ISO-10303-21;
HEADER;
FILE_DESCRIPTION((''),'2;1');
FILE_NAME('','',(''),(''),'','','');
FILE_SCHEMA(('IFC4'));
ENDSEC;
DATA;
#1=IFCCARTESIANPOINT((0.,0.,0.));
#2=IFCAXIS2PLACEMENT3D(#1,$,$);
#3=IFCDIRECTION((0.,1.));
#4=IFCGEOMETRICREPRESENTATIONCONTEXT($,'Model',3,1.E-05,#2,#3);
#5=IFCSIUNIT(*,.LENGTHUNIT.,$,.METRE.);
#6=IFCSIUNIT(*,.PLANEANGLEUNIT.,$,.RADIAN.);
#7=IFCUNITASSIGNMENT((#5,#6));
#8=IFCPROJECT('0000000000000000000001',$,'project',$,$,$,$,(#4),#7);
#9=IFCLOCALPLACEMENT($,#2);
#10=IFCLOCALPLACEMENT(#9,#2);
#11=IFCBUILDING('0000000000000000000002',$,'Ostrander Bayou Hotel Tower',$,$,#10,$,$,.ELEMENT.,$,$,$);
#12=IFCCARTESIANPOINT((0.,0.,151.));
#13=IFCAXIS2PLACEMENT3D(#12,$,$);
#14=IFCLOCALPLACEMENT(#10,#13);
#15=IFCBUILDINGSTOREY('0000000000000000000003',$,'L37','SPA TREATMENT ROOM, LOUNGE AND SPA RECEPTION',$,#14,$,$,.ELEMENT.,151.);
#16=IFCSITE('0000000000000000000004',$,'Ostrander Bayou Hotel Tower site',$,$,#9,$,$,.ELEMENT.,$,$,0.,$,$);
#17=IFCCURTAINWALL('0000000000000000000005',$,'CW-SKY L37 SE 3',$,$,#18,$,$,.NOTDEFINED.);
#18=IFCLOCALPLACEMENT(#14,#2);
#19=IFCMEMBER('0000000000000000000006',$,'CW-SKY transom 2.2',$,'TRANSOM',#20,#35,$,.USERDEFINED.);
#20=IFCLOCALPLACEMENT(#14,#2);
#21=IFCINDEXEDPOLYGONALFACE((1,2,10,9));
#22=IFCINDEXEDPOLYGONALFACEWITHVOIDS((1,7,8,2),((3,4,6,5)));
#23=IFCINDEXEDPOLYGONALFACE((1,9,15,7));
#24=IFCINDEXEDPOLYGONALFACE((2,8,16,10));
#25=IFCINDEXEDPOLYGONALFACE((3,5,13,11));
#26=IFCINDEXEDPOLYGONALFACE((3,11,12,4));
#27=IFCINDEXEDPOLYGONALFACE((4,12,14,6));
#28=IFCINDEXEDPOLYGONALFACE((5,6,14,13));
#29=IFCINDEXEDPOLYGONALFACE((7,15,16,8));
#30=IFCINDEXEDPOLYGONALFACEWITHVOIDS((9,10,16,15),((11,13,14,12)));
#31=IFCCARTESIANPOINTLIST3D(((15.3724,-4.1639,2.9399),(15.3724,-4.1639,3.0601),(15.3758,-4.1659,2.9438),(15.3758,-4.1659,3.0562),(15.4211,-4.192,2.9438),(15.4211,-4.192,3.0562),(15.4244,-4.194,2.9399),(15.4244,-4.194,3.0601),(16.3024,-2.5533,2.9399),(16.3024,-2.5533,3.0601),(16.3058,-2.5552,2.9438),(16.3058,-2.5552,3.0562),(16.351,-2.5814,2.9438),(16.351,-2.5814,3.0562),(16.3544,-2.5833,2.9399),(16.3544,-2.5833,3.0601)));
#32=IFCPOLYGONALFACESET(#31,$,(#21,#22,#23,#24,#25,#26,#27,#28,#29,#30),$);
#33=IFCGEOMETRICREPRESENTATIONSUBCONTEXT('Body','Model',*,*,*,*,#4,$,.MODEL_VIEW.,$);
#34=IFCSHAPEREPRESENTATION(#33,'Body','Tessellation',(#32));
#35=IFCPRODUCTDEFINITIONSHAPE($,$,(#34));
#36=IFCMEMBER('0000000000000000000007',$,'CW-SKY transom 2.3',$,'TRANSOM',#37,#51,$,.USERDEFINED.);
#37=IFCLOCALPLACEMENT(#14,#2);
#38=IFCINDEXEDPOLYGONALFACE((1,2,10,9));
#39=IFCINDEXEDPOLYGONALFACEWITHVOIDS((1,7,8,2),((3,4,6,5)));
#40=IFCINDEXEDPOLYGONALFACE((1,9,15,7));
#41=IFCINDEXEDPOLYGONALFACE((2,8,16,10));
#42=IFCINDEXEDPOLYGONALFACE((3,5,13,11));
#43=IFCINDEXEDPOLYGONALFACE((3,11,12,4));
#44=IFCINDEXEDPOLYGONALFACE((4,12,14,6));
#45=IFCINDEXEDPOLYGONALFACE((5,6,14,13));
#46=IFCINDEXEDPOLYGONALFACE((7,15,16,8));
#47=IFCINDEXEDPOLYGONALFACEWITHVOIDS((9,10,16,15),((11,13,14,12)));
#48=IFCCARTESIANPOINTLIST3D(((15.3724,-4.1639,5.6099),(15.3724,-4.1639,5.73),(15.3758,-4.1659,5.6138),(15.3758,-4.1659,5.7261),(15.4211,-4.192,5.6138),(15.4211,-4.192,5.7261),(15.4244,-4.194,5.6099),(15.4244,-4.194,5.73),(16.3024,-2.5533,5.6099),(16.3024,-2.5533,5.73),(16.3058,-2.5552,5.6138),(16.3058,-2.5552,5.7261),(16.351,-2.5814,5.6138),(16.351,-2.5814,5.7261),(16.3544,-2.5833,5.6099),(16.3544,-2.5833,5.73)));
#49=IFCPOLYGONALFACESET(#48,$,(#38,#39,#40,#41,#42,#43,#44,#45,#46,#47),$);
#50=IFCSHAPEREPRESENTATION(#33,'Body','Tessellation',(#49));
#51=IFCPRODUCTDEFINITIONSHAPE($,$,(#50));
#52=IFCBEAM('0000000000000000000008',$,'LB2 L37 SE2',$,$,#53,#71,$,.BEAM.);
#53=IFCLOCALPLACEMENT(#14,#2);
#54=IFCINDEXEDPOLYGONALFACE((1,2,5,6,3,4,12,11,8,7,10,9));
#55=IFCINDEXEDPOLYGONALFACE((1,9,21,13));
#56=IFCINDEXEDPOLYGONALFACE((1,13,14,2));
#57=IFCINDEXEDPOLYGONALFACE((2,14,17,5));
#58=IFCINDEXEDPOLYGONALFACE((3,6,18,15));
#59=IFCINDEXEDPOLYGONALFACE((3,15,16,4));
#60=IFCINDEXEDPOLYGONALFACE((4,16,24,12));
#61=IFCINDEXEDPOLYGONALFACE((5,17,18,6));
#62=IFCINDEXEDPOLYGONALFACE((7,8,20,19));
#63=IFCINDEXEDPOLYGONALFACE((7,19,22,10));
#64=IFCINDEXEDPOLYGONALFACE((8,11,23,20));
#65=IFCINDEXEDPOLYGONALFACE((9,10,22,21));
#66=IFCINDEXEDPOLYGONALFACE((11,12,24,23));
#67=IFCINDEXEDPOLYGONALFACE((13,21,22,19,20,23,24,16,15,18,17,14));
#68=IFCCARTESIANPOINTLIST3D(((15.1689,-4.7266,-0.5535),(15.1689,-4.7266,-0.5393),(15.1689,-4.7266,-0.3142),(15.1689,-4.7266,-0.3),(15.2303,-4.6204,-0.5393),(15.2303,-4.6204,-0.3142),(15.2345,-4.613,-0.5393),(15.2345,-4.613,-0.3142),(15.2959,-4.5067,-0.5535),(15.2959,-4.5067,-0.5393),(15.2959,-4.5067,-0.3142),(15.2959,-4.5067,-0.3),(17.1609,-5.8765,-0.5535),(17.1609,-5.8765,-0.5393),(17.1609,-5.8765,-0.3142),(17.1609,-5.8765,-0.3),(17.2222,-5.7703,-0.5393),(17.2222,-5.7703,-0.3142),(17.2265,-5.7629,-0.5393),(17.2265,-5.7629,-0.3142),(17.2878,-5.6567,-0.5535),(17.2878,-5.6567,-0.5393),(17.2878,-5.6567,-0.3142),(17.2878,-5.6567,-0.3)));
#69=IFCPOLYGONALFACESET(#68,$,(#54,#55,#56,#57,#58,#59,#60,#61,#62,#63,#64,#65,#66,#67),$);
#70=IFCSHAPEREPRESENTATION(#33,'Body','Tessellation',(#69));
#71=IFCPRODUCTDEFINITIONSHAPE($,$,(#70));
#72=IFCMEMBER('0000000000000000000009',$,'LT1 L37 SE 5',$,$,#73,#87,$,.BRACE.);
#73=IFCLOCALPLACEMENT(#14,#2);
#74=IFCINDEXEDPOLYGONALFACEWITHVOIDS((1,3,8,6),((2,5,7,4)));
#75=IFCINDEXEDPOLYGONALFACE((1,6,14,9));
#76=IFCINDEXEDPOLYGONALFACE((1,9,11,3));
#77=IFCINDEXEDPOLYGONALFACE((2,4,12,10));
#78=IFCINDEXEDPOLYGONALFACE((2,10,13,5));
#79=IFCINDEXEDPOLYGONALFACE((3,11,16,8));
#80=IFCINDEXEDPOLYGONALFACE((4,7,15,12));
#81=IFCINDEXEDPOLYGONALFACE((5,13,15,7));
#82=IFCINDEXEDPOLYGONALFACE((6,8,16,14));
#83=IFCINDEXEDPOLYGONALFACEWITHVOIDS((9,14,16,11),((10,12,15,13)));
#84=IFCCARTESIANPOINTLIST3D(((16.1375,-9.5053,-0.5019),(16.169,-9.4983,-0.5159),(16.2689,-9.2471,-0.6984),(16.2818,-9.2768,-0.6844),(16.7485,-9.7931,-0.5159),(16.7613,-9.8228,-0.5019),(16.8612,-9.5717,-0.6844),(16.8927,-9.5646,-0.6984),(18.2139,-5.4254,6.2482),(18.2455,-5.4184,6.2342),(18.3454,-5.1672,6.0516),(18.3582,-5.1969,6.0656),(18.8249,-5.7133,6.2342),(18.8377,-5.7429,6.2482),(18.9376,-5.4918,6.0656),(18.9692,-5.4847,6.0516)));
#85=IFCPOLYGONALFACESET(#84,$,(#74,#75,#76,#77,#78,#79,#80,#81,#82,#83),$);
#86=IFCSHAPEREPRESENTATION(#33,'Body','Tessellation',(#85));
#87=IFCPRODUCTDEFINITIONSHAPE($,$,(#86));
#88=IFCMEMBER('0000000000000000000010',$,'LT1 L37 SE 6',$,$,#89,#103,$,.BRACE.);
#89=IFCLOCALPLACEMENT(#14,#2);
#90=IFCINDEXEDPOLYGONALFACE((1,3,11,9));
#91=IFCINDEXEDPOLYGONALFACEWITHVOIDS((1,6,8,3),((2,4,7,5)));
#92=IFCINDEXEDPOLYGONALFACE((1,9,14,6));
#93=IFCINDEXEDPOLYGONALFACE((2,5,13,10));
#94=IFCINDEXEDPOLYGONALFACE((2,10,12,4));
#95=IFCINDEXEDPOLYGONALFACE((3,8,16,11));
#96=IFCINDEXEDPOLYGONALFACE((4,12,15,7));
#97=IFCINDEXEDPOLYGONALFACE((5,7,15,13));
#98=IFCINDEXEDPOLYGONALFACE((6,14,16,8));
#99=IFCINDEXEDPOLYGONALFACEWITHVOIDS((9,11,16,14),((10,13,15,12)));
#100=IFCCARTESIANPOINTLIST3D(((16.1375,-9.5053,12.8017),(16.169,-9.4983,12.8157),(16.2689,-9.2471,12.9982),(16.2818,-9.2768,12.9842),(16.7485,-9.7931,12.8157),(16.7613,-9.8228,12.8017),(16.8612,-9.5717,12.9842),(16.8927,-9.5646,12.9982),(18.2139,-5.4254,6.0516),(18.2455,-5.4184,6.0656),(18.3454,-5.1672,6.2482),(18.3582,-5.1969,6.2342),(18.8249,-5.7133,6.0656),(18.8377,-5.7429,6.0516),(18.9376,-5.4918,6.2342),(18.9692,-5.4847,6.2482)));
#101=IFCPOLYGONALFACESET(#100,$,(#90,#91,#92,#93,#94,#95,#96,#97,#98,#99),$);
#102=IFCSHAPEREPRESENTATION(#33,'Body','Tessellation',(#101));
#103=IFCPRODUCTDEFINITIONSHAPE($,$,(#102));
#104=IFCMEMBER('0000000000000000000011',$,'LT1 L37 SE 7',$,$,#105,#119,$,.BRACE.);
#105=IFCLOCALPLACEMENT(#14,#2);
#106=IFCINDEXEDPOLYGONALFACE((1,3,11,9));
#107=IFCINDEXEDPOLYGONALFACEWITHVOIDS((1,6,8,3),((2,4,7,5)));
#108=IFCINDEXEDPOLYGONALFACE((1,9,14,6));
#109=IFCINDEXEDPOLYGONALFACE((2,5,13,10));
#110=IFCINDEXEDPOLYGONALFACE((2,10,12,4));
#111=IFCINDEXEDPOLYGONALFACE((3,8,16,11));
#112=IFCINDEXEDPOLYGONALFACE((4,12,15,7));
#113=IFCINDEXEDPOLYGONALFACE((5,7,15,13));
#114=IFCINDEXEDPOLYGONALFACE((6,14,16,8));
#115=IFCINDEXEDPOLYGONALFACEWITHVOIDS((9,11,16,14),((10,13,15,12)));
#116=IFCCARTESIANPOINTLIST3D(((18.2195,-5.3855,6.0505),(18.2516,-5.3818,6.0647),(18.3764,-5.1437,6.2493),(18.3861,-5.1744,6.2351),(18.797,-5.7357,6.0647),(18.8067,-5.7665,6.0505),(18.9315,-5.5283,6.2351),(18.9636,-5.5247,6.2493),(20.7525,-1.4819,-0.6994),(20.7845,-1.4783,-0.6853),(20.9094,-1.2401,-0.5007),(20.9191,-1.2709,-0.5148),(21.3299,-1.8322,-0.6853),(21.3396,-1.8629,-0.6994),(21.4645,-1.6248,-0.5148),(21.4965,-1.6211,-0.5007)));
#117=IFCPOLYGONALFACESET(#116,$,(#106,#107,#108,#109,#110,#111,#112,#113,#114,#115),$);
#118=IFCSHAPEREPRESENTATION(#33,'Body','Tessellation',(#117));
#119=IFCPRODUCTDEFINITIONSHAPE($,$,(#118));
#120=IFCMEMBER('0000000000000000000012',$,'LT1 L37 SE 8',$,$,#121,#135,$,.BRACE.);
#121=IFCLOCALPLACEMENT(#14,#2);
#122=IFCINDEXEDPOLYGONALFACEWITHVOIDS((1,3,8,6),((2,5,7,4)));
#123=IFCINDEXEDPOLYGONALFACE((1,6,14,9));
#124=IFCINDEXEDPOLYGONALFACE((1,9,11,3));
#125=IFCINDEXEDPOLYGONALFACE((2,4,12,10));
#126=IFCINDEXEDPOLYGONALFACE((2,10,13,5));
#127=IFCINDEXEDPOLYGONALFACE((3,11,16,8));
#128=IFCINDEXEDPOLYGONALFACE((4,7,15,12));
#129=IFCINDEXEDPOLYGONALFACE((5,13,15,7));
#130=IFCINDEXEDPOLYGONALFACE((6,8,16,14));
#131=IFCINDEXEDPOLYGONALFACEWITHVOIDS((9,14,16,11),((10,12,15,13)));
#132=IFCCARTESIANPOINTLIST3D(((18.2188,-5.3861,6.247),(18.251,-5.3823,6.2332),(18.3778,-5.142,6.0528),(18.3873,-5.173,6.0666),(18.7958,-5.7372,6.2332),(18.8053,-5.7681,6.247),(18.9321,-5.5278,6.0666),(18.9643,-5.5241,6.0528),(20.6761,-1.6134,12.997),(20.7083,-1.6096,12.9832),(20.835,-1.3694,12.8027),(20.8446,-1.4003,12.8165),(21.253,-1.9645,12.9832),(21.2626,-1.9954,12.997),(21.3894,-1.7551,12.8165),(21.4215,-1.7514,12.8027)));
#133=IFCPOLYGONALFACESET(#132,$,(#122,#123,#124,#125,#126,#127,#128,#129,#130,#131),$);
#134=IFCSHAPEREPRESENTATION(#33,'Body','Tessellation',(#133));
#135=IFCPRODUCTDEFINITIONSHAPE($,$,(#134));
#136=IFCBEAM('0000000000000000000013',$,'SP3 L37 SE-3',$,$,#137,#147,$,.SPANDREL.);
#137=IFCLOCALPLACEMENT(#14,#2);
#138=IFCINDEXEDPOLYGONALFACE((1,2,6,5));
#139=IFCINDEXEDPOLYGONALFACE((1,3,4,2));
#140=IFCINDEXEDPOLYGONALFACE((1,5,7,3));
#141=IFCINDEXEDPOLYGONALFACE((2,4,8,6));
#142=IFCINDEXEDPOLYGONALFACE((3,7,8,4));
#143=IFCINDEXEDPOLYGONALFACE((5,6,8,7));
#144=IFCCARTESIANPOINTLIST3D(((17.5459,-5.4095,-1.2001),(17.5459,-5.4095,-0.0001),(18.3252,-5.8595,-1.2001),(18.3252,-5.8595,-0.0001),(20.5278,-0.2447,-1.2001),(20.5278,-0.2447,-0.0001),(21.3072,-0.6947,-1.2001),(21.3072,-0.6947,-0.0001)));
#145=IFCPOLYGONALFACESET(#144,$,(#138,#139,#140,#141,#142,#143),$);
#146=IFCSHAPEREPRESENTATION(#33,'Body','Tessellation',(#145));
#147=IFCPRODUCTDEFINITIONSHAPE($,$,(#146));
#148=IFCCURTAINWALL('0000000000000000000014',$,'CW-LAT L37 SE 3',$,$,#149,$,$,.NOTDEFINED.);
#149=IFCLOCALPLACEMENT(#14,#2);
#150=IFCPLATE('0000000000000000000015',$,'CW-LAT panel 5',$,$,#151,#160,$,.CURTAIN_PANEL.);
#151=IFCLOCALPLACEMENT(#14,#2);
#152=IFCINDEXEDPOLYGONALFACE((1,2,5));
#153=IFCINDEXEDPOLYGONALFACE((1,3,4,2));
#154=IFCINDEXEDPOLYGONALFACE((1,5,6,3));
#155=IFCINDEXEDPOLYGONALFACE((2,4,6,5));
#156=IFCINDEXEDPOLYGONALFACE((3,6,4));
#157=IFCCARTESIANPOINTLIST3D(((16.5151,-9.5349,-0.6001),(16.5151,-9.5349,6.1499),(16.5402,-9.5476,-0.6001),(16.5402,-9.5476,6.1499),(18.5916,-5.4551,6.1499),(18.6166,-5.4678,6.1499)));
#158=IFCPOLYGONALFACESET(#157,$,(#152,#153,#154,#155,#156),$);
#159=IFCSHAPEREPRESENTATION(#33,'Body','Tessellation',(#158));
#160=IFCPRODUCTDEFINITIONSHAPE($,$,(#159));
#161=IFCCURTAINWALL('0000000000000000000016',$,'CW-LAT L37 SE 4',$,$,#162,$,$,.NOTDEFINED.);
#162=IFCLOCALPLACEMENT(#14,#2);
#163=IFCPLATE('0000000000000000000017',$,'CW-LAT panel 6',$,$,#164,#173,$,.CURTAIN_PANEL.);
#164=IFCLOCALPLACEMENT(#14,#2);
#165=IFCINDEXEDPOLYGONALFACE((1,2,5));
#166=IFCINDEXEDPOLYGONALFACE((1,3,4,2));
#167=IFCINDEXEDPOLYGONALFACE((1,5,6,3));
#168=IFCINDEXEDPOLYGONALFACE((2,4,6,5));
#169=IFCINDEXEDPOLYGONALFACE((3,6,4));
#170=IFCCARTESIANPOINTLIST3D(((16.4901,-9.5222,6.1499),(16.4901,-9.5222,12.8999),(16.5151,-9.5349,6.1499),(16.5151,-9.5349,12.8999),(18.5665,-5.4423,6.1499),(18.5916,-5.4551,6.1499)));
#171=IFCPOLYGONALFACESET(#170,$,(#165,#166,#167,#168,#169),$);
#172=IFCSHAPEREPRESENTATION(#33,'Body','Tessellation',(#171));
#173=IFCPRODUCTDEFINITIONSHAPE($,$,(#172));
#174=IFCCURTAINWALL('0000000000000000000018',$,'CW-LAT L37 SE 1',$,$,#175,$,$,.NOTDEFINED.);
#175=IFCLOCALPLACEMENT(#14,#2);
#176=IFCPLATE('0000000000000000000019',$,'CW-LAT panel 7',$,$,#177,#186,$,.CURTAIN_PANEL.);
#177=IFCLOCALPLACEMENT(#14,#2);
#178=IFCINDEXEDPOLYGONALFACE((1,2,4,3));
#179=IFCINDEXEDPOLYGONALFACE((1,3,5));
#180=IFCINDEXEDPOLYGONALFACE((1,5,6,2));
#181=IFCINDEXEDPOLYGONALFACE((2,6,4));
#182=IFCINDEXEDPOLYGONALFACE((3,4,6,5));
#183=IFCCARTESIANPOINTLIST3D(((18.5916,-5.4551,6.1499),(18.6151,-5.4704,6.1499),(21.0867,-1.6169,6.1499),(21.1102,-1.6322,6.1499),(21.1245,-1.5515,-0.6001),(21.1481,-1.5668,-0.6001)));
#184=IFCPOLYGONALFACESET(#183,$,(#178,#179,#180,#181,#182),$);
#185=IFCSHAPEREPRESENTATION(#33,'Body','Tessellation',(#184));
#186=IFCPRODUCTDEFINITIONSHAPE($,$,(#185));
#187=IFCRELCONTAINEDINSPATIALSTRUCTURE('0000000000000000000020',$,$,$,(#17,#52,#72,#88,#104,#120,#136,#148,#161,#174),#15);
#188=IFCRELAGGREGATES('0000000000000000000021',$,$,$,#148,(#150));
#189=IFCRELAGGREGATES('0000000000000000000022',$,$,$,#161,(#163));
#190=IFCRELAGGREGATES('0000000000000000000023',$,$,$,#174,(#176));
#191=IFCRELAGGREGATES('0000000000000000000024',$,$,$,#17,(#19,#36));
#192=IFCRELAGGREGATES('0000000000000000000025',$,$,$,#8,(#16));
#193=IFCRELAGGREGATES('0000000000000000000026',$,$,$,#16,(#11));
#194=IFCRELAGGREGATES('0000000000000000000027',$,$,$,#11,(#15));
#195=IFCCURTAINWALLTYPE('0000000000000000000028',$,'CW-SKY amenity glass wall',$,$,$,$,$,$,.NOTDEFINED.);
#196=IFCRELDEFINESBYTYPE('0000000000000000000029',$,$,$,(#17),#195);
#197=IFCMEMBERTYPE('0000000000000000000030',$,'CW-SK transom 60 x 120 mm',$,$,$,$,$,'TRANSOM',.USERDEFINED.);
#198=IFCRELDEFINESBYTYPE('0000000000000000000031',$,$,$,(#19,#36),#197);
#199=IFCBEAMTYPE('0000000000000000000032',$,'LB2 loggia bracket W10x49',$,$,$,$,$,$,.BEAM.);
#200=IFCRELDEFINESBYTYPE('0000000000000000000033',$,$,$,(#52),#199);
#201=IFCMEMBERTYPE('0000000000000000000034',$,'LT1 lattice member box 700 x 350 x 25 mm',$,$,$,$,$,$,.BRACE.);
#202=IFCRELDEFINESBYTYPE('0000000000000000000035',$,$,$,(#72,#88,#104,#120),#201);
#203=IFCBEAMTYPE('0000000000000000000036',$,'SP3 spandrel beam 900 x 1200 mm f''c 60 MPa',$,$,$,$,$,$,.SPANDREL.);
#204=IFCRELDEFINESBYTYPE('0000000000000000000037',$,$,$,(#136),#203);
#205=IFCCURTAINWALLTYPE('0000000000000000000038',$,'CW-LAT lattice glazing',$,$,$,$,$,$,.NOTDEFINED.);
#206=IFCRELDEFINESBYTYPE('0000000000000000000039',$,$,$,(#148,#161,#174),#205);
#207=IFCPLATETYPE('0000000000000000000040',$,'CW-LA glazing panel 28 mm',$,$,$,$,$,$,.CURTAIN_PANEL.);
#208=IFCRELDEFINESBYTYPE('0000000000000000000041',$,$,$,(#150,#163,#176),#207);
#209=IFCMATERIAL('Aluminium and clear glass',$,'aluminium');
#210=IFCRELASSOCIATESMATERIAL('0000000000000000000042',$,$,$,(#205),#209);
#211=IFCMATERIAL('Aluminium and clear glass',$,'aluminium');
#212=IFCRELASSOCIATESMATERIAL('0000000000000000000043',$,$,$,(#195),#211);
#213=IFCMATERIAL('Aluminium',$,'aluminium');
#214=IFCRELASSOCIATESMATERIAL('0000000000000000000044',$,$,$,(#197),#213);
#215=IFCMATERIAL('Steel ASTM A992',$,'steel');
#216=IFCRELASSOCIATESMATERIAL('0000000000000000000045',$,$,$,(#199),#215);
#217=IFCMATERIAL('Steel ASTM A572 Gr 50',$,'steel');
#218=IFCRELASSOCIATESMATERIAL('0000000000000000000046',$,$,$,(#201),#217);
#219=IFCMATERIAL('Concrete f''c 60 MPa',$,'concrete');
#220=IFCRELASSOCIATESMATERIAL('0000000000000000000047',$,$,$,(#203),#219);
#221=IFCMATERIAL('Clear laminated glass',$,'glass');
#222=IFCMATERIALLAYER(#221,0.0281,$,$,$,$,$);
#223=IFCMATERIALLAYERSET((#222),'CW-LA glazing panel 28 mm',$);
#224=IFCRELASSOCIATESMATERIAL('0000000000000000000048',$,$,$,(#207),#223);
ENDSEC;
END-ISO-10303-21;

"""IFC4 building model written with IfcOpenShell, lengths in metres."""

from ifc_helpers import new_model, si_unit, direction, frame, origin, origin_2d, place, context, subcontext, project, spatial, polyline, rectangle, hollow_rectangle, i_section, outline, extrude, material, layer, layer_set, material_profile, profile_set, type_object, element, aggregate, save


model = new_model("IFC4")

# Units and contexts
model_context = context("Model", 3, precision=1e-05, world=origin(), true_north=direction((0.0, 1.0)))
body_context = subcontext(model_context, "Body", "Model", "MODEL_VIEW")
ifc_project = project(units=[si_unit("LENGTHUNIT", "METRE"), si_unit("PLANEANGLEUNIT", "RADIAN")], contexts=[model_context])

# Site, building, storey
site_placement = place(None, origin())
site = spatial("IfcSite", under=ifc_project, at=site_placement, Name="Ostrander Bayou Hotel Tower site", CompositionType="ELEMENT", RefElevation=0.0)
building_placement = place(site_placement, origin())
building = spatial("IfcBuilding", under=site, at=building_placement, Name="Ostrander Bayou Hotel Tower", CompositionType="ELEMENT")
storey_placement = place(building_placement, frame((0.0, 0.0, 151.0)))
storey = spatial("IfcBuildingStorey", under=building, at=storey_placement, Name="L37", Description="SPA TREATMENT ROOM, LOUNGE AND SPA RECEPTION", CompositionType="ELEMENT", Elevation=151.0)

# Curtain wall, members
ifc_material_1 = material(Name="Aluminium and clear glass", Category="aluminium")
curtain_wall_type_1 = type_object("IfcCurtainWallType", Name="CW-LAT lattice glazing", PredefinedType="NOTDEFINED", material=ifc_material_1)
ifc_material_2 = material(Name="Aluminium and clear glass", Category="aluminium")
curtain_wall_type_2 = type_object("IfcCurtainWallType", Name="CW-SKY amenity glass wall", PredefinedType="NOTDEFINED", material=ifc_material_2)
curtain_wall_1_placement = place(storey_placement, origin())
curtain_wall_1 = element("IfcCurtainWall", 1, at=curtain_wall_1_placement, inside=storey, type_object=curtain_wall_type_2, Name="CW-SKY L37 SE 3", PredefinedType="NOTDEFINED")
ifc_material_3 = material(Name="Aluminium", Category="aluminium")
ifc_material_profile_1 = material_profile(ifc_material_3, hollow_rectangle(XDim=0.0601, YDim=0.1201, WallThickness=0.0039, at=origin_2d()))
ifc_profile_set_1 = profile_set([ifc_material_profile_1], Name="Aluminium")
member_type_1 = type_object("IfcMemberType", Name="CW-SK transom 60 x 120 mm", ElementType="TRANSOM", PredefinedType="USERDEFINED", material=ifc_profile_set_1)
member_1_placement = place(storey_placement, frame((15.3984, -4.179, 3.0), z_axis=(0.500022, 0.866013, 0.0), x_axis=(-0.866013, 0.500022, 0.0)))
member_1 = element("IfcMember", 2, at=member_1_placement, type_object=member_type_1, Name="CW-SKY transom 2.2", ObjectType="TRANSOM", PredefinedType="USERDEFINED", context=body_context, shape_type="SweptSolid", body=[
    extrude(hollow_rectangle(XDim=0.0601, YDim=0.1201, WallThickness=0.0039, at=origin_2d()), origin(), (0.0, 0.0, 1.0), 1.8599),
])
member_2_placement = place(storey_placement, frame((15.3984, -4.179, 5.6699), z_axis=(0.500022, 0.866013, 0.0), x_axis=(-0.866013, 0.500022, 0.0)))
member_2 = element("IfcMember", 3, at=member_2_placement, type_object=member_type_1, Name="CW-SKY transom 2.3", ObjectType="TRANSOM", PredefinedType="USERDEFINED", context=body_context, shape_type="SweptSolid", body=[
    extrude(hollow_rectangle(XDim=0.0601, YDim=0.1201, WallThickness=0.0039, at=origin_2d()), origin(), (0.0, 0.0, 1.0), 1.8599),
])

# Beam
ifc_material_4 = material(Name="Steel ASTM A992", Category="steel")
ifc_material_profile_2 = material_profile(ifc_material_4, i_section(OverallWidth=0.2539, OverallDepth=0.2534, WebThickness=0.0085, FlangeThickness=0.0142, at=origin_2d()))
ifc_profile_set_2 = profile_set([ifc_material_profile_2], Name="Steel ASTM A992")
beam_type_1 = type_object("IfcBeamType", Name="LB2 loggia bracket W10x49", PredefinedType="BEAM", material=ifc_profile_set_2)
beam_1_placement = place(storey_placement, frame((17.2244, -5.7666, -0.4268), z_axis=(-0.866053, 0.499952, 0.0), x_axis=(-0.499952, -0.866053, 0.0)))
element("IfcBeam", 4, at=beam_1_placement, inside=storey, type_object=beam_type_1, Name="LB2 L37 SE2", PredefinedType="BEAM", context=body_context, shape_type="SweptSolid", body=[
    extrude(i_section(OverallWidth=0.2539, OverallDepth=0.2534, WebThickness=0.0085, FlangeThickness=0.0142, at=origin_2d()), origin(), (0.0, 0.0, 1.0), 2.3),
])

# Members
ifc_material_5 = material(Name="Steel ASTM A572 Gr 50", Category="steel")
ifc_material_profile_3 = material_profile(ifc_material_5, hollow_rectangle(XDim=0.7, YDim=0.3501, WallThickness=0.0249, at=origin_2d()))
ifc_profile_set_3 = profile_set([ifc_material_profile_3], Name="Steel ASTM A572 Gr 50")
member_type_2 = type_object("IfcMemberType", Name="LT1 lattice member box 700 x 350 x 25 mm", PredefinedType="BRACE", material=ifc_profile_set_3)
for number, where, z_axis, x_axis, name in (
    (5, (18.5916, -5.4551, 6.1499), (-0.25459, -0.50023, -0.82762), (0.891215, -0.453581, 0.0), "LT1 L37 SE 5"),
    (6, (18.5916, -5.4551, 6.1499), (-0.25459, -0.50023, 0.82762), (0.891215, -0.453581, 0.0), "LT1 L37 SE 6"),
):
    element("IfcMember", number, at=place(storey_placement, frame(where, z_axis=z_axis, x_axis=x_axis)), inside=storey, type_object=member_type_2, Name=name, PredefinedType="BRACE", context=body_context, shape_type="SweptSolid", body=[
        extrude(hollow_rectangle(XDim=0.7, YDim=0.3501, WallThickness=0.0249, at=origin_2d()), origin(), (0.0, 0.0, 1.0), 8.156),
    ])
member_3_placement = place(storey_placement, frame((18.5916, -5.4551, 6.1499), z_axis=(0.308952, 0.476129, -0.823316), x_axis=(-0.838871, 0.54433, 0.0)))
element("IfcMember", 7, at=member_3_placement, inside=storey, type_object=member_type_2, Name="LT1 L37 SE 7", PredefinedType="BRACE", context=body_context, shape_type="SweptSolid", body=[
    extrude(hollow_rectangle(XDim=0.7, YDim=0.3501, WallThickness=0.0249, at=origin_2d()), origin(), (0.0, 0.0, 1.0), 8.1985),
])
member_4_placement = place(storey_placement, frame((18.5916, -5.4551, 6.1499), z_axis=(0.302851, 0.464973, 0.831914), x_axis=(-0.837934, 0.545771, 0.0)))
element("IfcMember", 8, at=member_4_placement, inside=storey, type_object=member_type_2, Name="LT1 L37 SE 8", PredefinedType="BRACE", context=body_context, shape_type="SweptSolid", body=[
    extrude(hollow_rectangle(XDim=0.7, YDim=0.3501, WallThickness=0.0249, at=origin_2d()), origin(), (0.0, 0.0, 1.0), 8.1138),
])

# Beam
ifc_material_6 = material(Name="Concrete f'c 60 MPa", Category="concrete")
ifc_material_profile_4 = material_profile(ifc_material_6, rectangle(XDim=0.8999, YDim=1.2, at=origin_2d()))
ifc_profile_set_4 = profile_set([ifc_material_profile_4], Name="Concrete f'c 60 MPa")
beam_type_2 = type_object("IfcBeamType", Name="SP3 spandrel beam 900 x 1200 mm f'c 60 MPa", PredefinedType="SPANDREL", material=ifc_profile_set_4)
beam_2_placement = place(storey_placement, frame((17.9355, -5.6345, -0.6001), z_axis=(0.500005, 0.866023, 0.0), x_axis=(-0.866023, 0.500005, 0.0)))
element("IfcBeam", 9, at=beam_2_placement, inside=storey, type_object=beam_type_2, Name="SP3 L37 SE-3", PredefinedType="SPANDREL", context=body_context, shape_type="SweptSolid", body=[
    extrude(rectangle(XDim=0.8999, YDim=1.2, at=origin_2d()), origin(), (0.0, 0.0, 1.0), 5.9639),
])

# Curtain walls, plates
curtain_wall_2_placement = place(storey_placement, origin())
curtain_wall_2 = element("IfcCurtainWall", 10, at=curtain_wall_2_placement, inside=storey, type_object=curtain_wall_type_1, Name="CW-LAT L37 SE 3", PredefinedType="NOTDEFINED")
ifc_material_7 = material(Name="Clear laminated glass", Category="glass")
ifc_layer_1 = layer(ifc_material_7, 0.0281)
ifc_layer_set_1 = layer_set([ifc_layer_1], Name="CW-LA glazing panel 28 mm")
plate_type_1 = type_object("IfcPlateType", Name="CW-LA glazing panel 28 mm", PredefinedType="CURTAIN_PANEL", material=ifc_layer_set_1)
plate_1_placement = place(storey_placement, frame((18.5916, -5.4551, 6.1499), z_axis=(-0.891215, 0.453581, 0.0), x_axis=(-0.25459, -0.50023, -0.82762)))
plate_1 = element("IfcPlate", 11, at=plate_1_placement, type_object=plate_type_1, Name="CW-LAT panel 5", PredefinedType="CURTAIN_PANEL", context=body_context, shape_type="SweptSolid", body=[
    extrude(outline(polyline([(0.0, 0.0), (8.1559, 0.0), (2.5695, 3.7887), (0.0, 0.0)])), origin(), (0.0, 0.0, -1.0), 0.0281),
])
aggregate(curtain_wall_2, [plate_1])
curtain_wall_3_placement = place(storey_placement, origin())
curtain_wall_3 = element("IfcCurtainWall", 12, at=curtain_wall_3_placement, inside=storey, type_object=curtain_wall_type_1, Name="CW-LAT L37 SE 4", PredefinedType="NOTDEFINED")
plate_2_placement = place(storey_placement, frame((18.5916, -5.4551, 6.1499), z_axis=(0.891215, -0.453581, 0.0), x_axis=(-0.25459, -0.50023, 0.82762)))
plate_2 = element("IfcPlate", 13, at=plate_2_placement, type_object=plate_type_1, Name="CW-LAT panel 6", PredefinedType="CURTAIN_PANEL", context=body_context, shape_type="SweptSolid", body=[
    extrude(outline(polyline([(0.0, 0.0), (8.1559, 0.0), (2.5695, 3.7887), (0.0, 0.0)])), origin(), (0.0, 0.0, -1.0), 0.0281),
])
aggregate(curtain_wall_3, [plate_2])
curtain_wall_4_placement = place(storey_placement, origin())
curtain_wall_4 = element("IfcCurtainWall", 14, at=curtain_wall_4_placement, inside=storey, type_object=curtain_wall_type_1, Name="CW-LAT L37 SE 1", PredefinedType="NOTDEFINED")
plate_3_placement = place(storey_placement, frame((18.5916, -5.4551, 6.1499), z_axis=(-0.838411, 0.545039, 0.000583), x_axis=(0.308952, 0.476129, -0.823316)))
plate_3 = element("IfcPlate", 15, at=plate_3_placement, type_object=plate_type_1, Name="CW-LAT panel 7", PredefinedType="CURTAIN_PANEL", context=body_context, shape_type="SweptSolid", body=[
    extrude(outline(polyline([(0.0, 0.0), (8.1985, 0.0), (2.5983, -3.769), (0.0, 0.0)])), origin(), (0.0, 0.0, -1.0), 0.0281),
])
aggregate(curtain_wall_4, [plate_3])

aggregate(curtain_wall_1, [member_1, member_2])

save(model, "model.ifc")
